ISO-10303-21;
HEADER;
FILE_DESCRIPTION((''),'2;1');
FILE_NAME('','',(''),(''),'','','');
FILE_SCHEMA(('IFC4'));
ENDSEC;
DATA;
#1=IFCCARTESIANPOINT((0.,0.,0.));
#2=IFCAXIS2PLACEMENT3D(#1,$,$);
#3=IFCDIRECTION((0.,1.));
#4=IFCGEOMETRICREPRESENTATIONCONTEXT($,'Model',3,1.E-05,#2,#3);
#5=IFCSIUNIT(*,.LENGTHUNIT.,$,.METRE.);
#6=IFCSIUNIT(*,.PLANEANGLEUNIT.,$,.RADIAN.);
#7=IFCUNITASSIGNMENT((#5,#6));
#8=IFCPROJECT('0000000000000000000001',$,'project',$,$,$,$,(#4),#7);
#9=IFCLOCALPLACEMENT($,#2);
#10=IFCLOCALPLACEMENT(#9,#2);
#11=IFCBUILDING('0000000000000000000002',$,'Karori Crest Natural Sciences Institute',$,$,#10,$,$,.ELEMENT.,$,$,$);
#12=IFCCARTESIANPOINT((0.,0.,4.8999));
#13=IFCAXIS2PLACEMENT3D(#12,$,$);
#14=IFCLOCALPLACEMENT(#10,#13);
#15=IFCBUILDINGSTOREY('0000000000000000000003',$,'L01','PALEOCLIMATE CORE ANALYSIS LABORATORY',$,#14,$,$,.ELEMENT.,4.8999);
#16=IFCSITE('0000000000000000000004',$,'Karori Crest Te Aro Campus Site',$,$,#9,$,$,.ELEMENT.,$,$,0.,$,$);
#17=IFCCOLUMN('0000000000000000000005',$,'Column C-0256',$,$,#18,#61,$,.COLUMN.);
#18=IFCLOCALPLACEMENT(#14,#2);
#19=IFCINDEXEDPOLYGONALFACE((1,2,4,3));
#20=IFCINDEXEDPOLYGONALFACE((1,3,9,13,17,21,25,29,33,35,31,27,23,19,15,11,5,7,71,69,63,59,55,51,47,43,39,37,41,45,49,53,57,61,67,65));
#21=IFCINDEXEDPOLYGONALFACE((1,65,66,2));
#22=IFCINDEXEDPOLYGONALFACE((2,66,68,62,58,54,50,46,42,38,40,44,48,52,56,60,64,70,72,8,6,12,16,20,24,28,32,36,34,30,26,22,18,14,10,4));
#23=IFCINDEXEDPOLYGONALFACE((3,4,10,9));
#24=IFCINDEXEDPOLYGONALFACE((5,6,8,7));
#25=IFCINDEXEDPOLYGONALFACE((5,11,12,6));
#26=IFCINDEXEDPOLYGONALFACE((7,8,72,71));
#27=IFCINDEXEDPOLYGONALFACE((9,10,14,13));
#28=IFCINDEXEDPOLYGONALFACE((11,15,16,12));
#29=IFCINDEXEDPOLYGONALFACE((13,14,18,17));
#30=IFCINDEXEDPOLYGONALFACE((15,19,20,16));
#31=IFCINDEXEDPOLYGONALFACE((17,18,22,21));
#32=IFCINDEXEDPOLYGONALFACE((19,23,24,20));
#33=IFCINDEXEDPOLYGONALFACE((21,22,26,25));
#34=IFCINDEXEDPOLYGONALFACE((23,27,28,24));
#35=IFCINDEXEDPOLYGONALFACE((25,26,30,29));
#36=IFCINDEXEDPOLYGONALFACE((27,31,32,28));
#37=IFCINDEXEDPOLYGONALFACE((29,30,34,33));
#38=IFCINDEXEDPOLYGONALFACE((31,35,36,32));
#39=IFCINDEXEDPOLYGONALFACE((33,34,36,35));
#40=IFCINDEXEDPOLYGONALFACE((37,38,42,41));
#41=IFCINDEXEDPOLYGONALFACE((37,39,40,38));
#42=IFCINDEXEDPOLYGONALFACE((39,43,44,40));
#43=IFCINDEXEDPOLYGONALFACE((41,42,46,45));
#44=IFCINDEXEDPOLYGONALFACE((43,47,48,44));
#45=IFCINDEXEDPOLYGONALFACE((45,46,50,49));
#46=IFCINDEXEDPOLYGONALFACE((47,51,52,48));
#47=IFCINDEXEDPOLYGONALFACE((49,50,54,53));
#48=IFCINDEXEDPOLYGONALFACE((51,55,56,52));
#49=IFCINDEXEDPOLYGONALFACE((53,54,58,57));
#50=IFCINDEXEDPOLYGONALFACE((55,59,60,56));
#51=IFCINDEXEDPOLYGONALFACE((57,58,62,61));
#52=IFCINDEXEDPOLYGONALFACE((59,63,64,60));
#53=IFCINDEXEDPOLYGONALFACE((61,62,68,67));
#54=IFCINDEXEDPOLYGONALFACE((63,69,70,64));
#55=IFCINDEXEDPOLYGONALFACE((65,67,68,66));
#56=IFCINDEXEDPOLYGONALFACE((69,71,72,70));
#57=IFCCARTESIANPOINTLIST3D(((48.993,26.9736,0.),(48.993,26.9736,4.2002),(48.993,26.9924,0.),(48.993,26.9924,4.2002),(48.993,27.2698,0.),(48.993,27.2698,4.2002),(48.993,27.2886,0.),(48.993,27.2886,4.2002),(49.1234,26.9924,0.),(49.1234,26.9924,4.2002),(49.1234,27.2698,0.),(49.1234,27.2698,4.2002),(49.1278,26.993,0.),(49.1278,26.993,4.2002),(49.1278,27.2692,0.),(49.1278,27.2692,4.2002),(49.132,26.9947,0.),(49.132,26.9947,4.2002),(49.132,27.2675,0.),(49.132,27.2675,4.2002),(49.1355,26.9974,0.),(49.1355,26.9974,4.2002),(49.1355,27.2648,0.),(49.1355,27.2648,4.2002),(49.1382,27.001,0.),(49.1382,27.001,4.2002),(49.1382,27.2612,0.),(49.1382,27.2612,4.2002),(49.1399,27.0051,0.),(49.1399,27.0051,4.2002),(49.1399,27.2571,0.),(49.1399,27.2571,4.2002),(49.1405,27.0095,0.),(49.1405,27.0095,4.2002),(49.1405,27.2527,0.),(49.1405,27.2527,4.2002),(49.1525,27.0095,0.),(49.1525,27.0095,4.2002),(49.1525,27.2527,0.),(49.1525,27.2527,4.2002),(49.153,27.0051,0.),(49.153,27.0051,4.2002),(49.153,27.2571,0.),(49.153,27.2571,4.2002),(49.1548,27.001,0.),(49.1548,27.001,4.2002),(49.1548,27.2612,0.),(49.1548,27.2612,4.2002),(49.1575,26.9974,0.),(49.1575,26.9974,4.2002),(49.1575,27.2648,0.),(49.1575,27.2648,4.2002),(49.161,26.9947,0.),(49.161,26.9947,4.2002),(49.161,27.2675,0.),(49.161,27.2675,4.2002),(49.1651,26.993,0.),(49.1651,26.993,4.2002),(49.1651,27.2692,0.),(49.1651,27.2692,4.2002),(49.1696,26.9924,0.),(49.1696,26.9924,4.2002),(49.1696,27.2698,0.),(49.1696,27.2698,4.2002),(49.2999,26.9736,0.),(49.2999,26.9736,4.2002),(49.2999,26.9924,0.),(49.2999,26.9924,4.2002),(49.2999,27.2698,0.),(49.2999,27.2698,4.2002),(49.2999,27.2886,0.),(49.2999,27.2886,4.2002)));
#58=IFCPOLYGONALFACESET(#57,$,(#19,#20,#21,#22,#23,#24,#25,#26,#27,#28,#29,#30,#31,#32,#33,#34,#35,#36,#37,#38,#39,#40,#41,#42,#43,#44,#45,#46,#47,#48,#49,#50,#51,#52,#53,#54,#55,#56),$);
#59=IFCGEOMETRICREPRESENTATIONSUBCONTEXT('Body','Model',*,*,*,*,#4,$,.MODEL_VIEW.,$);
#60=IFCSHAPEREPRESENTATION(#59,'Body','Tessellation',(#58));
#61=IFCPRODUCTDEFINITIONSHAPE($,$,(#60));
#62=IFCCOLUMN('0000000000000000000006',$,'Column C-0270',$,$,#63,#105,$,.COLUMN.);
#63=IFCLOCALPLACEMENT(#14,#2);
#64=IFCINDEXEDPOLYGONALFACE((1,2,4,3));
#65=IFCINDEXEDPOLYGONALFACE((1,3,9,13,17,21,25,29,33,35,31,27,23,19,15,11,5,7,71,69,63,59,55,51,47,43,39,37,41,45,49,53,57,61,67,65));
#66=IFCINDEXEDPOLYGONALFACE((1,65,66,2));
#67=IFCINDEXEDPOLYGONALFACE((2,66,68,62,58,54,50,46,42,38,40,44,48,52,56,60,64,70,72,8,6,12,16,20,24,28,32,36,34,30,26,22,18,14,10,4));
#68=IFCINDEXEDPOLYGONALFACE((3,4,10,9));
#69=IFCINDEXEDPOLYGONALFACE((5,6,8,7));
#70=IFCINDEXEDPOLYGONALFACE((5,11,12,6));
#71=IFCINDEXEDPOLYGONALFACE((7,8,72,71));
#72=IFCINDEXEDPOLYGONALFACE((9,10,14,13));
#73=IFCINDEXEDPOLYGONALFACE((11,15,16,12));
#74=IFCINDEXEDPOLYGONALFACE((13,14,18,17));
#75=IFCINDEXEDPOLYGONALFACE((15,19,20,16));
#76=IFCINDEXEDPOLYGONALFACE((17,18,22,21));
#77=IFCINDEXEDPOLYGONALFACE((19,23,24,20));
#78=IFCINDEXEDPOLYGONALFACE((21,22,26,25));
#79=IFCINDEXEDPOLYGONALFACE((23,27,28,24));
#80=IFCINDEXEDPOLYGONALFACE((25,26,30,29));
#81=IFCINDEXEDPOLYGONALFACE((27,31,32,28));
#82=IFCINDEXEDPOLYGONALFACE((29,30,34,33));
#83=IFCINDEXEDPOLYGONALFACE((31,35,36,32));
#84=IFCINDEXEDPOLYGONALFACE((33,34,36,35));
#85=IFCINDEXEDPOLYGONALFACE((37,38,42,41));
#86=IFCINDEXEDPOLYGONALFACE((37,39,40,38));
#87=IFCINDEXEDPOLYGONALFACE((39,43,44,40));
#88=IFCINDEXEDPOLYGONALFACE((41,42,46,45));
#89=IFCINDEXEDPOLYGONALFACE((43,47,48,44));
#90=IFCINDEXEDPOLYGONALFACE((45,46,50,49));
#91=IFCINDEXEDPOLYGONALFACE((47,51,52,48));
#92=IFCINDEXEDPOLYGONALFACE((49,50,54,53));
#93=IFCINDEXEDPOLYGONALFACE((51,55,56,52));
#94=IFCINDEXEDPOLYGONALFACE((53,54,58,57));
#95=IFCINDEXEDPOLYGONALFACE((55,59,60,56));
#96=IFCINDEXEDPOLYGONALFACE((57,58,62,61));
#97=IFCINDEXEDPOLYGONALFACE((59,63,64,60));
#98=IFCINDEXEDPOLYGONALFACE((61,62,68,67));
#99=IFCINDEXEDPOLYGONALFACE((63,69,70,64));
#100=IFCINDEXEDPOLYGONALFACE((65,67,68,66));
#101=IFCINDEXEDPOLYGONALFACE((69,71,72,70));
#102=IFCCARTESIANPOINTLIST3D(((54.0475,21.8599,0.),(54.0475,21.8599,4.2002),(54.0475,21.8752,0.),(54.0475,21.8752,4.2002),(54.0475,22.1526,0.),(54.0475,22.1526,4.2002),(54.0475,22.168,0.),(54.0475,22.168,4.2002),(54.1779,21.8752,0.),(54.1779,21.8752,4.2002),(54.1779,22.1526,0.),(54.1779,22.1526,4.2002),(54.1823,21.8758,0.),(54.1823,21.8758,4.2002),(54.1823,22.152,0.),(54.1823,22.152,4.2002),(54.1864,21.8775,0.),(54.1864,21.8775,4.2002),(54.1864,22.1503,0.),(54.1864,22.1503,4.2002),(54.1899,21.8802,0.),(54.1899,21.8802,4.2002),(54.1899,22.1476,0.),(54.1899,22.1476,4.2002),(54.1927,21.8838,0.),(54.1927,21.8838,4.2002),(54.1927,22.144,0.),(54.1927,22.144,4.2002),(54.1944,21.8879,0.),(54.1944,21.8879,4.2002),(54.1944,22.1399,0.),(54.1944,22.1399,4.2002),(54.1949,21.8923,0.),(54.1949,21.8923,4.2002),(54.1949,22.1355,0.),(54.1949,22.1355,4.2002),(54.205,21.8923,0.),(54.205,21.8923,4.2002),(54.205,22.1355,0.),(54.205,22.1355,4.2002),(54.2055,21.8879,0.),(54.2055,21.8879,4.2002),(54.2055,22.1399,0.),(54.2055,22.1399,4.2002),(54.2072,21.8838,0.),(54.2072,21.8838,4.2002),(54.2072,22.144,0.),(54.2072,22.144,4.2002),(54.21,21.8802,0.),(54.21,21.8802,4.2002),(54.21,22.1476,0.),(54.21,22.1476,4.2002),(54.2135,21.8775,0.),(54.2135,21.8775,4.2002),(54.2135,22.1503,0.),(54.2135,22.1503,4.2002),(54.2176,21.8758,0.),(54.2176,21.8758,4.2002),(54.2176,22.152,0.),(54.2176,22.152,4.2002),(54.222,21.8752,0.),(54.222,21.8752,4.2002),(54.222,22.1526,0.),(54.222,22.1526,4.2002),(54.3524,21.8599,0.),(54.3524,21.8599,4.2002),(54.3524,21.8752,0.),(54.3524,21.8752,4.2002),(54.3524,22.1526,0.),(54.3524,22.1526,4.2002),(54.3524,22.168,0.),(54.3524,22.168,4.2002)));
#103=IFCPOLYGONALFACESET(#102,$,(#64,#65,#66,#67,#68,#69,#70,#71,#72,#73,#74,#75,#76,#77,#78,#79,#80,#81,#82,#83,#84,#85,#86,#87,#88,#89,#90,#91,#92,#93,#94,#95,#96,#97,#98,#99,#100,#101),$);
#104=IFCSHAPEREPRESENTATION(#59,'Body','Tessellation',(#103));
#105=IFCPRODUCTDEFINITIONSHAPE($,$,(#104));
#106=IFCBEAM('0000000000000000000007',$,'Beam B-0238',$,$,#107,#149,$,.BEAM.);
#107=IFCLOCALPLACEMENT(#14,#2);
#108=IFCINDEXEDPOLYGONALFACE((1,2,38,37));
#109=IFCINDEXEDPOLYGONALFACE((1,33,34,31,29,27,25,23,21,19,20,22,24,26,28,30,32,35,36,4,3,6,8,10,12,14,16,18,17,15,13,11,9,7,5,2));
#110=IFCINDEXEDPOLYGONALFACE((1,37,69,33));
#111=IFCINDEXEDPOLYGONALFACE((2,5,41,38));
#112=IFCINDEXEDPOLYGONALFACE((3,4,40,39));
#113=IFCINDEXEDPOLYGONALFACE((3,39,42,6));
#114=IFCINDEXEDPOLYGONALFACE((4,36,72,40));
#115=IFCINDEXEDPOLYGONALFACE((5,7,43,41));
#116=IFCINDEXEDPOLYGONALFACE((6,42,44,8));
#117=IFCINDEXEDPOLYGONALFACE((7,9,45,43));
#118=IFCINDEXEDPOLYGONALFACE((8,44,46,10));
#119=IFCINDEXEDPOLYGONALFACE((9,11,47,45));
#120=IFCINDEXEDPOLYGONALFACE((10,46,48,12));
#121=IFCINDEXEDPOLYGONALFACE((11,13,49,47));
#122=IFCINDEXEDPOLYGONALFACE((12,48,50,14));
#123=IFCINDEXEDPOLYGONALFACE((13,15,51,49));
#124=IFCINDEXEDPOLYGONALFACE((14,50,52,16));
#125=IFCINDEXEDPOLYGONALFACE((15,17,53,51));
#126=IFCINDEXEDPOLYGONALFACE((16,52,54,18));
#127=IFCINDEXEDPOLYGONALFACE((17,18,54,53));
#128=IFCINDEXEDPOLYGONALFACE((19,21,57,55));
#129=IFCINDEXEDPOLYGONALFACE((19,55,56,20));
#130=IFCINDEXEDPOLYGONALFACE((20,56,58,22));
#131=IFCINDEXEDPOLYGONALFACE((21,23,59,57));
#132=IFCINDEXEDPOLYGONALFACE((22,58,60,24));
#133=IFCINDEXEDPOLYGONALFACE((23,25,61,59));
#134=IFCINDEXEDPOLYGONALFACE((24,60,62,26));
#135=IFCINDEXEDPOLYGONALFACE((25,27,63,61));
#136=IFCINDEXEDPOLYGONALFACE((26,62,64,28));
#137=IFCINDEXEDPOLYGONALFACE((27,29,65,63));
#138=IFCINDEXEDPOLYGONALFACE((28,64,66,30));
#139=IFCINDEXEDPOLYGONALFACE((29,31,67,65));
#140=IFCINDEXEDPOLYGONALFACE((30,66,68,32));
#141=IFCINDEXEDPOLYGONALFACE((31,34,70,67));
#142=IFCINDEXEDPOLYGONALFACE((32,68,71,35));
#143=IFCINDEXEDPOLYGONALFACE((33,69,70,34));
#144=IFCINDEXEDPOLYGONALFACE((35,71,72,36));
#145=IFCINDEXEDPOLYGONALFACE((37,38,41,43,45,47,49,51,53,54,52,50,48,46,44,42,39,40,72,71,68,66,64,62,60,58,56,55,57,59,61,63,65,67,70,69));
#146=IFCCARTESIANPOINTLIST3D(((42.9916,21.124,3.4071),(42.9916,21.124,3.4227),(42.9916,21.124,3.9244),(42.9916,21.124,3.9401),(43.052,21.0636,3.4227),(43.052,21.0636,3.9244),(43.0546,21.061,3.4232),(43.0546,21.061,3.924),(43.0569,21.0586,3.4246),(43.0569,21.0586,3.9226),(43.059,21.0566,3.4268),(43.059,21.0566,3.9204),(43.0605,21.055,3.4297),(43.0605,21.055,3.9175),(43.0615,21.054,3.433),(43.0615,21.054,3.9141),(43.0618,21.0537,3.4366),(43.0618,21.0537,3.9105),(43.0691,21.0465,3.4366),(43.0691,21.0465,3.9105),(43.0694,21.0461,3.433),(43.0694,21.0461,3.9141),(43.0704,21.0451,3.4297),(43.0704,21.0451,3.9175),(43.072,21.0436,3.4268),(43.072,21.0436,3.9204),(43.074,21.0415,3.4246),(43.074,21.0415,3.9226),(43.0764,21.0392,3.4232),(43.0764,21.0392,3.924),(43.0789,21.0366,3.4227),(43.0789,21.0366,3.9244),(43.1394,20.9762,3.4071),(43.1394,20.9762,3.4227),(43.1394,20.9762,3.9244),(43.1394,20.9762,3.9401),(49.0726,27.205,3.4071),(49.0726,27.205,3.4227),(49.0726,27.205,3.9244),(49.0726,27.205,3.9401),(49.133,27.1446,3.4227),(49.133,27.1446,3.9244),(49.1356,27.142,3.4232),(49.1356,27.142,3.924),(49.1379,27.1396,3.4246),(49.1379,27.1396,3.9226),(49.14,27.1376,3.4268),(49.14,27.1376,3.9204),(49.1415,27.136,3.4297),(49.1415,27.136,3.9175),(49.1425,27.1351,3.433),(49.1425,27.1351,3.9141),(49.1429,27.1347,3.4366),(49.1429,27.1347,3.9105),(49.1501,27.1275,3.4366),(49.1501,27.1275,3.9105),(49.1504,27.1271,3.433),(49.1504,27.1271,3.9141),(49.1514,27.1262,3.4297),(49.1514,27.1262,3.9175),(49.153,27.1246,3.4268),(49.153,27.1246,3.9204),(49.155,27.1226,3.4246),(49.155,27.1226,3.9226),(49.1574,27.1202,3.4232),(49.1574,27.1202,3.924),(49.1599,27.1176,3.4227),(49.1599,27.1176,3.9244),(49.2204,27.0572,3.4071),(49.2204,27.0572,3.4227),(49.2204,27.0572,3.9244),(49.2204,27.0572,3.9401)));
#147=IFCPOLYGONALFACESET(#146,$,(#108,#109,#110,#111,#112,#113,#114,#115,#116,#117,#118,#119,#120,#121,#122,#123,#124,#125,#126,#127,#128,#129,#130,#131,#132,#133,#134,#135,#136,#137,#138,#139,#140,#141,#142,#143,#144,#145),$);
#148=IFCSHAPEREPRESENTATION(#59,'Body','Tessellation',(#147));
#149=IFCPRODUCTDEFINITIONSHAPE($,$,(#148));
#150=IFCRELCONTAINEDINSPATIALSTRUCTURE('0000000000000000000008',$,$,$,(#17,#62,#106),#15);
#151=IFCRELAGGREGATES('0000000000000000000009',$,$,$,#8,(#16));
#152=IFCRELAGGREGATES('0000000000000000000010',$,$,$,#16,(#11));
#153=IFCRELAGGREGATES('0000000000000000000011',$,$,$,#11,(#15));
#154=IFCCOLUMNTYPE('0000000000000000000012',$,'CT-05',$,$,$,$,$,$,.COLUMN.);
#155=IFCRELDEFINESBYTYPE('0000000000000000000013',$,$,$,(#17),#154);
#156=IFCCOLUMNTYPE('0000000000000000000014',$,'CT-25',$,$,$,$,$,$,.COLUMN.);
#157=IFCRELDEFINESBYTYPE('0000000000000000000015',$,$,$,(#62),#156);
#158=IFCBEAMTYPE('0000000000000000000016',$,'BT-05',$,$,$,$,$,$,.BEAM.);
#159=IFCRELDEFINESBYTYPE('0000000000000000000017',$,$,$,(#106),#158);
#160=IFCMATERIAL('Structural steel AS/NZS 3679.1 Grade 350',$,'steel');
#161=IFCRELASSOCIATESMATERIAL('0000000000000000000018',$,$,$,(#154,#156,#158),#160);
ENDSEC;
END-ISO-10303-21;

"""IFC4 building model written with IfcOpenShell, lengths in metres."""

from ifc_helpers import new_model, si_unit, direction, frame, origin, origin_2d, place, context, subcontext, project, spatial, i_section, extrude, material, material_profile, profile_set, type_object, element, save


model = new_model("IFC4")

# Units and contexts
model_context = context("Model", 3, precision=1e-05, world=origin(), true_north=direction((0.0, 1.0)))
body_context = subcontext(model_context, "Body", "Model", "MODEL_VIEW")
ifc_project = project(units=[si_unit("LENGTHUNIT", "METRE"), si_unit("PLANEANGLEUNIT", "RADIAN")], contexts=[model_context])

# Site, building, storey
site_placement = place(None, origin())
site = spatial("IfcSite", under=ifc_project, at=site_placement, Name="Karori Crest Te Aro Campus Site", CompositionType="ELEMENT", RefElevation=0.0)
building_placement = place(site_placement, origin())
building = spatial("IfcBuilding", under=site, at=building_placement, Name="Karori Crest Natural Sciences Institute", CompositionType="ELEMENT")
storey_placement = place(building_placement, frame((0.0, 0.0, 4.8999)))
storey = spatial("IfcBuildingStorey", under=building, at=storey_placement, Name="L01", Description="PALEOCLIMATE CORE ANALYSIS LABORATORY", CompositionType="ELEMENT", Elevation=4.8999)

# Columns
ifc_material_1 = material(Name="Structural steel AS/NZS 3679.1 Grade 350", Category="steel")
ifc_material_profile_1 = material_profile(ifc_material_1, i_section(OverallWidth=0.3069, OverallDepth=0.3149, WebThickness=0.012, FlangeThickness=0.0188, FilletRadius=0.0171, at=origin_2d()), Name="310UC118")
ifc_profile_set_1 = profile_set([ifc_material_profile_1], Name="Structural steel AS/NZS 3679.1 Grade 350")
column_type_1 = type_object("IfcColumnType", Name="CT-05", PredefinedType="COLUMN", material=ifc_profile_set_1)
column_1_placement = place(storey_placement, frame((49.1465, 27.1311, 0.0), z_axis=(0.0, 0.0, 1.0), x_axis=(1.0, 0.0, 0.0)))
element("IfcColumn", 1, at=column_1_placement, inside=storey, type_object=column_type_1, Name="Column C-0256", PredefinedType="COLUMN", context=body_context, shape_type="SweptSolid", body=[
    extrude(i_section(OverallWidth=0.3069, OverallDepth=0.3149, WebThickness=0.012, FlangeThickness=0.0188, FilletRadius=0.0171, at=origin_2d()), origin(), (0.0, 0.0, 1.0), 4.2002),
])
ifc_material_profile_2 = material_profile(ifc_material_1, i_section(OverallWidth=0.3049, OverallDepth=0.3081, WebThickness=0.01, FlangeThickness=0.0154, FilletRadius=0.0171, at=origin_2d()), Name="310UC96.8")
ifc_profile_set_2 = profile_set([ifc_material_profile_2], Name="Structural steel AS/NZS 3679.1 Grade 350")
column_type_2 = type_object("IfcColumnType", Name="CT-25", PredefinedType="COLUMN", material=ifc_profile_set_2)
column_2_placement = place(storey_placement, frame((54.2, 22.0139, 0.0), z_axis=(0.0, 0.0, 1.0), x_axis=(1.0, 0.0, 0.0)))
element("IfcColumn", 2, at=column_2_placement, inside=storey, type_object=column_type_2, Name="Column C-0270", PredefinedType="COLUMN", context=body_context, shape_type="SweptSolid", body=[
    extrude(i_section(OverallWidth=0.3049, OverallDepth=0.3081, WebThickness=0.01, FlangeThickness=0.0154, FilletRadius=0.0171, at=origin_2d()), origin(), (0.0, 0.0, 1.0), 4.2002),
])

# Beam
ifc_material_profile_3 = material_profile(ifc_material_1, i_section(OverallWidth=0.209, OverallDepth=0.533, WebThickness=0.0103, FlangeThickness=0.0156, FilletRadius=0.0139, at=origin_2d()), Name="530UB92.4")
ifc_profile_set_3 = profile_set([ifc_material_profile_3], Name="Structural steel AS/NZS 3679.1 Grade 350")
beam_type_1 = type_object("IfcBeamType", Name="BT-05", PredefinedType="BEAM", material=ifc_profile_set_3)
beam_1_placement = place(storey_placement, frame((49.1465, 27.1311, 3.6736), z_axis=(-0.707107, -0.707107, 0.0), x_axis=(0.707107, -0.707107, 0.0)))
element("IfcBeam", 3, at=beam_1_placement, inside=storey, type_object=beam_type_1, Name="Beam B-0238", PredefinedType="BEAM", context=body_context, shape_type="SweptSolid", body=[
    extrude(i_section(OverallWidth=0.209, OverallDepth=0.533, WebThickness=0.0103, FlangeThickness=0.0156, FilletRadius=0.0139, at=origin_2d()), origin(), (0.0, 0.0, 1.0), 8.5999),
])

save(model, "model.ifc")
